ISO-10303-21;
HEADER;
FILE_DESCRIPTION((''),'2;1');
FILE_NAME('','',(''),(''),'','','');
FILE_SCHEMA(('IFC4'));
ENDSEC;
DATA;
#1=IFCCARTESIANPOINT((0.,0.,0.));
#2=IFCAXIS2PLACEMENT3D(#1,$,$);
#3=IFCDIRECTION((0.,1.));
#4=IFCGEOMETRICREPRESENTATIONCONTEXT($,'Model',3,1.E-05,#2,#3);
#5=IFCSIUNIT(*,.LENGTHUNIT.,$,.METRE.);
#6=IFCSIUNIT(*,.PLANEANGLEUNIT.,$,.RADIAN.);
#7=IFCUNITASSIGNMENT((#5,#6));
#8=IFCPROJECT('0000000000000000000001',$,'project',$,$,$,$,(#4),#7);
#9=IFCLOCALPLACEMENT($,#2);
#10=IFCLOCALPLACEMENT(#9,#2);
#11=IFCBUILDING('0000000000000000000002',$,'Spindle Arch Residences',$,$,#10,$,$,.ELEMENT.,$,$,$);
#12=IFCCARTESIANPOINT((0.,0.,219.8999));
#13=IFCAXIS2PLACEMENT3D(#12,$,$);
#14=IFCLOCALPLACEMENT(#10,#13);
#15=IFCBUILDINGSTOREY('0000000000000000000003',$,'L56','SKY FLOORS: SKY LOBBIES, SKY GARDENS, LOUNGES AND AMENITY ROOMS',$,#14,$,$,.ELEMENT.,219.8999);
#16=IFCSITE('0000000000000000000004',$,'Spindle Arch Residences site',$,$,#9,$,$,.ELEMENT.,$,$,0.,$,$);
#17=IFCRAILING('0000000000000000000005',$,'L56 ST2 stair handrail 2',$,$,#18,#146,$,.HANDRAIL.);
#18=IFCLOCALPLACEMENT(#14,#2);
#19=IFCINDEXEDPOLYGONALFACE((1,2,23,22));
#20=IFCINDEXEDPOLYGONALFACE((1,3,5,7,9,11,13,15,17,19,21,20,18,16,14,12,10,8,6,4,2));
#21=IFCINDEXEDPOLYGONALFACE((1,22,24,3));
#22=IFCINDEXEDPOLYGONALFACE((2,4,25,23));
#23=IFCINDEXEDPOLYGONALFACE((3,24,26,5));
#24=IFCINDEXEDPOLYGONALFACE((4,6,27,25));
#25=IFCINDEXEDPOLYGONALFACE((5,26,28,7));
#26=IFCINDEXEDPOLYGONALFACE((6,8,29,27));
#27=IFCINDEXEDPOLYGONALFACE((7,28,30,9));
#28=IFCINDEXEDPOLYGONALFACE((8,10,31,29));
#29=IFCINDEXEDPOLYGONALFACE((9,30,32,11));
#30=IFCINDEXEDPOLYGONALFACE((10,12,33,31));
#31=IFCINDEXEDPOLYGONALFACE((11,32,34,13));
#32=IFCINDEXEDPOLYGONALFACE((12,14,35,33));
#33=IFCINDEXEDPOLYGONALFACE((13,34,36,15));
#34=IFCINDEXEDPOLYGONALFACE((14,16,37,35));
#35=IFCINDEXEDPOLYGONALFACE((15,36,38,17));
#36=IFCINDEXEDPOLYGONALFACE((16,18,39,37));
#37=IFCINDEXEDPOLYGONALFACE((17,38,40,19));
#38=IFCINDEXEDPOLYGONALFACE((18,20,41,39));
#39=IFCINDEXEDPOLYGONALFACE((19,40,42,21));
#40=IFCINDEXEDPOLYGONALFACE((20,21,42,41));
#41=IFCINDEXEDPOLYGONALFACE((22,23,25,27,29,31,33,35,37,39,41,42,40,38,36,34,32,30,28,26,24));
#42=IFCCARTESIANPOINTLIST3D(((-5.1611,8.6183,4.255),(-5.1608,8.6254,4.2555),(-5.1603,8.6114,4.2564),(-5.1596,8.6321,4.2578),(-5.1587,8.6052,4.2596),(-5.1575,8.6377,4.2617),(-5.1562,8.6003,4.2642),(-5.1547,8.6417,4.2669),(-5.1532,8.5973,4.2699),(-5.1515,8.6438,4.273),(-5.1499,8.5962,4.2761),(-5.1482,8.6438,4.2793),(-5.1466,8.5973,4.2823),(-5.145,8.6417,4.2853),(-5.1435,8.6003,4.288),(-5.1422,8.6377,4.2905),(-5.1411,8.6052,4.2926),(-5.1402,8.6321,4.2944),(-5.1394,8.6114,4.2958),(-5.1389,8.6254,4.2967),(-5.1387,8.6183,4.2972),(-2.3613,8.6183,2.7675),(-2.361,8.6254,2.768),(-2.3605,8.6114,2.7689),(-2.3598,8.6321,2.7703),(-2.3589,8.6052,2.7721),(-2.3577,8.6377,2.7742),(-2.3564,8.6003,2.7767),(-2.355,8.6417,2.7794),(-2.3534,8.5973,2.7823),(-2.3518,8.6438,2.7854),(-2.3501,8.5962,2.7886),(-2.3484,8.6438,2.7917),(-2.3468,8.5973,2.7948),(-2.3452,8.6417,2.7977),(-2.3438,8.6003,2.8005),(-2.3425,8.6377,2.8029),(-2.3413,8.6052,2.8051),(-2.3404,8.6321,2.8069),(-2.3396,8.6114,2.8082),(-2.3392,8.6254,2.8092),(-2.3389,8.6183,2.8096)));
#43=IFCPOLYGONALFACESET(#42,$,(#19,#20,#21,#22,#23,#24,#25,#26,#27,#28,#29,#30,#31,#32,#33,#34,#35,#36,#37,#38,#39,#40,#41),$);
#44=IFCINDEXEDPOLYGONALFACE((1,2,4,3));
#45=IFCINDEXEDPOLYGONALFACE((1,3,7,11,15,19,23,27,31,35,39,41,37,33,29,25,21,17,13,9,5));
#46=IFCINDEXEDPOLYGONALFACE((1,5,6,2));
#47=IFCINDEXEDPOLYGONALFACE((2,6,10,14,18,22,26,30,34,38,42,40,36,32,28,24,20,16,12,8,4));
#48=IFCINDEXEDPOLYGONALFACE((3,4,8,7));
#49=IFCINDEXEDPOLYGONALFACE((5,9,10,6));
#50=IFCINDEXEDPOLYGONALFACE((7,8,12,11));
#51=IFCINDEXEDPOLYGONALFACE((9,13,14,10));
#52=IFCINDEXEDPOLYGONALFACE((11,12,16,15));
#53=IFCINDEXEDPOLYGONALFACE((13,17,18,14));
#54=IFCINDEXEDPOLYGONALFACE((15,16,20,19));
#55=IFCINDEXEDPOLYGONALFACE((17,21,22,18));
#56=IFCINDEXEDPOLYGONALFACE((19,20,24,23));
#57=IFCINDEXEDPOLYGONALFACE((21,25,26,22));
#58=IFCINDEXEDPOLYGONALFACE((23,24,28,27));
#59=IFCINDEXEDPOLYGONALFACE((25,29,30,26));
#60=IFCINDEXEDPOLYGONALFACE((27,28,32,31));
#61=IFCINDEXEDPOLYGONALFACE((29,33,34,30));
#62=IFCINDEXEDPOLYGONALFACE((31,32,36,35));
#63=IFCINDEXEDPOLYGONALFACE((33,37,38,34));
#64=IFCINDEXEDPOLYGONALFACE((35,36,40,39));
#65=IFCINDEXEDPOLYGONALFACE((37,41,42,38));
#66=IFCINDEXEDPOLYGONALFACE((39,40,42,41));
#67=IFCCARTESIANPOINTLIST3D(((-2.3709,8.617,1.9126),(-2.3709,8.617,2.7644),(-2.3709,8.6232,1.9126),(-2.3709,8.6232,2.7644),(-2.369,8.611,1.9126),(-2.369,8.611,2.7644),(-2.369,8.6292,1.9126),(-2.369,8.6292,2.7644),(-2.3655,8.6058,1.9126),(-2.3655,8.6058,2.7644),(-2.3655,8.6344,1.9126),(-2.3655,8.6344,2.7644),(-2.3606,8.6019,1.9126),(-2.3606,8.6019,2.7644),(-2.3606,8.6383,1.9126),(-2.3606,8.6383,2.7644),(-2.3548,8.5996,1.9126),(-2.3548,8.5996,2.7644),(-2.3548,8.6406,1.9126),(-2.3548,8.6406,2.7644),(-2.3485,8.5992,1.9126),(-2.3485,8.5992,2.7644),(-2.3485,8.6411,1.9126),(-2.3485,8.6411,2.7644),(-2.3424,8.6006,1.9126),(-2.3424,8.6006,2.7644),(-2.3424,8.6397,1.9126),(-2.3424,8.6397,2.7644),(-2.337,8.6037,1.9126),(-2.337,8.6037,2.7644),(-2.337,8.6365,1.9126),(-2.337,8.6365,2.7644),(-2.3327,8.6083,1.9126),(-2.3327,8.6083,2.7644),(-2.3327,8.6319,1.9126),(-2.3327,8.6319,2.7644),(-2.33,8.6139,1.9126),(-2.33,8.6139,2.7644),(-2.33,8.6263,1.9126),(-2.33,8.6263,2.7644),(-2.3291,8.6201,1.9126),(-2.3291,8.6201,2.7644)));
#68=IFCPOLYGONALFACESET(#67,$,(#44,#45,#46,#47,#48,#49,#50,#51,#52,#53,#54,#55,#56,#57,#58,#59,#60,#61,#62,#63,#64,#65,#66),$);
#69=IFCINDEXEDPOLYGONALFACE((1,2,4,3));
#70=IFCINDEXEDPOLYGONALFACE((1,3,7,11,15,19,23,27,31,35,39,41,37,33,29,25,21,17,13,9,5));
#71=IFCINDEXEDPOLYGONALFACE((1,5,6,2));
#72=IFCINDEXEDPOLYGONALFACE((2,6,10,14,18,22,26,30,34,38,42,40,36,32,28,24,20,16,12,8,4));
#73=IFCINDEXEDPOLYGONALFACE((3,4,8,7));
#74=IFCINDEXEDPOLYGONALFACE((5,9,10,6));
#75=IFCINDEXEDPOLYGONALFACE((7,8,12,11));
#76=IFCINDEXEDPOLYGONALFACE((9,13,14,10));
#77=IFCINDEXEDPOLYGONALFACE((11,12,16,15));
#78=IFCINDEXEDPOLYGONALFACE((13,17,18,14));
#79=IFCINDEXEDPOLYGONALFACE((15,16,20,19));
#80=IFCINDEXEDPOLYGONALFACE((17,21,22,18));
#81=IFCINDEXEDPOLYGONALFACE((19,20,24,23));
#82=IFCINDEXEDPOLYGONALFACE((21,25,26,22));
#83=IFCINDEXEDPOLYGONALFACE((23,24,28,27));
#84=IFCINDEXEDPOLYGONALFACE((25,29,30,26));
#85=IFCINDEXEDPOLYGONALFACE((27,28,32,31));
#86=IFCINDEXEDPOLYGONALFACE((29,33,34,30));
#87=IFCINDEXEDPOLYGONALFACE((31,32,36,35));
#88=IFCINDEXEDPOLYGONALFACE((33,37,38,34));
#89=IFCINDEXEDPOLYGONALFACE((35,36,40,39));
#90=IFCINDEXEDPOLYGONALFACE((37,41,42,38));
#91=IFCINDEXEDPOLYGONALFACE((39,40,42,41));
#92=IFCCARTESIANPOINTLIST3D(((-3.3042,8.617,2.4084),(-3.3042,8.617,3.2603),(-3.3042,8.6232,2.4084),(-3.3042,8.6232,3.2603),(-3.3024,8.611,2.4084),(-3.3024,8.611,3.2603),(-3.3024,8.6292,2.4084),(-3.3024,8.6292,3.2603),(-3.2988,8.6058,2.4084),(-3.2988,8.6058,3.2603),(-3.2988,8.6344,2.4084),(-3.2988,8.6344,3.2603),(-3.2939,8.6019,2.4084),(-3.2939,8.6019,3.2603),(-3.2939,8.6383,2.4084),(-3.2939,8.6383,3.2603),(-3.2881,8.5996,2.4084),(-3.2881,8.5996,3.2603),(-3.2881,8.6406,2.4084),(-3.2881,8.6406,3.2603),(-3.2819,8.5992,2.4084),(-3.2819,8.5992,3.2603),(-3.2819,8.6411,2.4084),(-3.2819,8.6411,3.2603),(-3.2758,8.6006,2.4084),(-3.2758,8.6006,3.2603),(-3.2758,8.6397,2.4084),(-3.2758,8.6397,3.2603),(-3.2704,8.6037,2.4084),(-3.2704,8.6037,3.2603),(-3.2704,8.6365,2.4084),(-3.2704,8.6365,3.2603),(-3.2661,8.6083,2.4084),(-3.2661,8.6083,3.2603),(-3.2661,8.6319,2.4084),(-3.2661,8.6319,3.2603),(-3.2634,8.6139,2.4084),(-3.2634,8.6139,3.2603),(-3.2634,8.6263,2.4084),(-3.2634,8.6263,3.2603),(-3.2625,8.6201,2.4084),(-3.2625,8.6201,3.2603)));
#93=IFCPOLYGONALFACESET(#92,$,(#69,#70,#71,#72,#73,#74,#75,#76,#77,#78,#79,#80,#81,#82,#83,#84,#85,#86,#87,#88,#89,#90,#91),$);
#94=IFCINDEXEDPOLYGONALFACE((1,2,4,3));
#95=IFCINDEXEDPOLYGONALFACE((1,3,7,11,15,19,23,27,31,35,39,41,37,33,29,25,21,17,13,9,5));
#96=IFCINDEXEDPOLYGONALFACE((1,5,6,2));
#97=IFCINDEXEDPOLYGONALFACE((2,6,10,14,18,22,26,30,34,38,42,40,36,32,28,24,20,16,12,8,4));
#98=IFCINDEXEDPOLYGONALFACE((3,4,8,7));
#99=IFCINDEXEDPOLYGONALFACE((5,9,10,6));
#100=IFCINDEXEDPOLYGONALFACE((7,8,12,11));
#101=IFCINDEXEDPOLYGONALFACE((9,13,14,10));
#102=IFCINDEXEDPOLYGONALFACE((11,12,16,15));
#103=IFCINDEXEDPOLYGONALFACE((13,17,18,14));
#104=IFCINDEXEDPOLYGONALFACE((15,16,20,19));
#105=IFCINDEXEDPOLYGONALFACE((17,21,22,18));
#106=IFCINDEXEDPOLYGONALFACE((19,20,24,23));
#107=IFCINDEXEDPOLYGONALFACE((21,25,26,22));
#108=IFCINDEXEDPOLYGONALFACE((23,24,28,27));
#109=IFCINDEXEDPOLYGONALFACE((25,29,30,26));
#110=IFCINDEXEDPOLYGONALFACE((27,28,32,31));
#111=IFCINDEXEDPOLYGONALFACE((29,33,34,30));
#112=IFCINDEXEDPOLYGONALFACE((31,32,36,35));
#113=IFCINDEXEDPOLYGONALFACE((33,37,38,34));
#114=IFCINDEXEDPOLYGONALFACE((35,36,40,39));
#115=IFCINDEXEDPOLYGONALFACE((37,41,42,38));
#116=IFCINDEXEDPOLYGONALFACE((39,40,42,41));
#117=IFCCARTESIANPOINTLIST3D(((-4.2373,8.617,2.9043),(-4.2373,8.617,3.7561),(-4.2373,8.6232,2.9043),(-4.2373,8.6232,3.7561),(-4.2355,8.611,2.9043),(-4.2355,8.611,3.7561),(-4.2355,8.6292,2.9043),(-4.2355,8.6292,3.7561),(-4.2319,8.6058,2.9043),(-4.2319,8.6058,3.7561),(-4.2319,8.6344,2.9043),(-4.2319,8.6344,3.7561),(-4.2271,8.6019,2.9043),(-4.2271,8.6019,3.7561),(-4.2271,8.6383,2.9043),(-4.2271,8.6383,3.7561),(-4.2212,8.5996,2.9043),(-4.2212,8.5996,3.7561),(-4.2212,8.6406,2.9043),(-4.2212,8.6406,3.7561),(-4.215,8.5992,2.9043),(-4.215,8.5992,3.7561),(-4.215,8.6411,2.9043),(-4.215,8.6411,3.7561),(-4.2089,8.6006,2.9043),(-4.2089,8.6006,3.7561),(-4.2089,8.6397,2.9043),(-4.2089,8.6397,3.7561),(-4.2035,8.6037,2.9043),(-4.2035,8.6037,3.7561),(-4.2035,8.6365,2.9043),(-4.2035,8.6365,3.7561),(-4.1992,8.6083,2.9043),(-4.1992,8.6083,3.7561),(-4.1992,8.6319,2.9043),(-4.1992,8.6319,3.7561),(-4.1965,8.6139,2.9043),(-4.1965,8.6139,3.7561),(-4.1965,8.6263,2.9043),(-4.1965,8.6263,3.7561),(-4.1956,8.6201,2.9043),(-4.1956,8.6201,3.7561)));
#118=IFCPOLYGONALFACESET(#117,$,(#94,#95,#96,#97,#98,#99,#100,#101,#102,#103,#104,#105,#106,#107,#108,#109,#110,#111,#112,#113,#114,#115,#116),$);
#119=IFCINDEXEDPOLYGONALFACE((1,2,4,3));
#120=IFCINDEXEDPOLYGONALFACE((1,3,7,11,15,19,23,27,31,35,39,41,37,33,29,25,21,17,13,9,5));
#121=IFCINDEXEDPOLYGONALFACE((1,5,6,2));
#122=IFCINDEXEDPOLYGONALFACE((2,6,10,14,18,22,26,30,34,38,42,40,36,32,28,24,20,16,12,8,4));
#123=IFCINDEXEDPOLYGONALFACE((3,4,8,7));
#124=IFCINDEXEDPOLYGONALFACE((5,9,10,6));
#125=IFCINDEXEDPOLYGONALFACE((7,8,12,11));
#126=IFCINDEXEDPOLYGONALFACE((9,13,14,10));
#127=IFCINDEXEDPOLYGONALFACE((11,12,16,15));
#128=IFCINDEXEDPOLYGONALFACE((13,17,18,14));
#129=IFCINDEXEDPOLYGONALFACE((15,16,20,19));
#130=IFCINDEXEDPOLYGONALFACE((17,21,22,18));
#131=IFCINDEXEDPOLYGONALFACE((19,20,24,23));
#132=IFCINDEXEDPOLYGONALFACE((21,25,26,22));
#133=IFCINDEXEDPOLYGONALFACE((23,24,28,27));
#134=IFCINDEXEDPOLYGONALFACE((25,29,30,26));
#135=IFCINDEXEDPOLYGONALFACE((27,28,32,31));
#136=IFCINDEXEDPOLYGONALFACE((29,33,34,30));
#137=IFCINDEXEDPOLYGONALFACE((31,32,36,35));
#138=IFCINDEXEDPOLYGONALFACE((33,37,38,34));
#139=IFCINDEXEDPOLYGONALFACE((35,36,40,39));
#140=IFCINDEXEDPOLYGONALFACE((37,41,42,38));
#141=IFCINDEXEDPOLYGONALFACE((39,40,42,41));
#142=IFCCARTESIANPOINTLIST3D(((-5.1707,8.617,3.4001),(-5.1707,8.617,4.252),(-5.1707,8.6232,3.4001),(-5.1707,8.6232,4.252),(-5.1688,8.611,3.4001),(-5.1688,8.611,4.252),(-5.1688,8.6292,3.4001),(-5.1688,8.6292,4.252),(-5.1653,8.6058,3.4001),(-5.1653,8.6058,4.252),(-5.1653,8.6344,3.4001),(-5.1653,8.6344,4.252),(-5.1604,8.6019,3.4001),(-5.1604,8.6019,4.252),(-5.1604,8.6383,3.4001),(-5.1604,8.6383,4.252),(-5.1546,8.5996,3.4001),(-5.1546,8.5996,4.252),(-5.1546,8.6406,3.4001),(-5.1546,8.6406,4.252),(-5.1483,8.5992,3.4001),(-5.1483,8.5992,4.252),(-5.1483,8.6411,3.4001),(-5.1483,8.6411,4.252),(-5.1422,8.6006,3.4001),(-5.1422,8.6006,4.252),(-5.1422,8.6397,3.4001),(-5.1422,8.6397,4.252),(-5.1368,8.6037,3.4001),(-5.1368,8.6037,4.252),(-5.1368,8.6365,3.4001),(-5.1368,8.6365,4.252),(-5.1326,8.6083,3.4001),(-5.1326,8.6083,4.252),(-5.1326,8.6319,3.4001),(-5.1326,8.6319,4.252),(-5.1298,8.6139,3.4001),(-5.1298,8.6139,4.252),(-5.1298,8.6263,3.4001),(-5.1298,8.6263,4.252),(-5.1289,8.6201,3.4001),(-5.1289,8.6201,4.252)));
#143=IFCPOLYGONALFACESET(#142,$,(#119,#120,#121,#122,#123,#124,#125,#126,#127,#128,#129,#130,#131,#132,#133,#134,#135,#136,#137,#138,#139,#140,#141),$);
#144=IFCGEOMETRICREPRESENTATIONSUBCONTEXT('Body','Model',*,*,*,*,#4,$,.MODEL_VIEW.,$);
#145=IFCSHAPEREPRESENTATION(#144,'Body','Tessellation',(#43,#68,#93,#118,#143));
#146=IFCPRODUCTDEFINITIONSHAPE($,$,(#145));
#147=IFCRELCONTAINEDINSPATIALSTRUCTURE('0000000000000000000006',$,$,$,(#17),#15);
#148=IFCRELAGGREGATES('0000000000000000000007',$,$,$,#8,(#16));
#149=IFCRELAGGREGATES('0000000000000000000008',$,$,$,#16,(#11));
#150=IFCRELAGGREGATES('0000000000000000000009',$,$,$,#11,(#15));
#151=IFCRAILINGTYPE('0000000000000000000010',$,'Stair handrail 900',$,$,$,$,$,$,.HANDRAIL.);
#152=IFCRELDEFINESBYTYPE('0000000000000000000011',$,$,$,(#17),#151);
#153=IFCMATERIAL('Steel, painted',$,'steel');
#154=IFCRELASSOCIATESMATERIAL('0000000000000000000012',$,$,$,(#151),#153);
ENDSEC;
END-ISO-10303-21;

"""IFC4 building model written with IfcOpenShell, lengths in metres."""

from ifc_helpers import new_model, si_unit, direction, frame, origin, origin_2d, place, context, subcontext, project, spatial, circle, extrude, material, type_object, element, save


model = new_model("IFC4")

# Units and contexts
model_context = context("Model", 3, precision=1e-05, world=origin(), true_north=direction((0.0, 1.0)))
body_context = subcontext(model_context, "Body", "Model", "MODEL_VIEW")
ifc_project = project(units=[si_unit("LENGTHUNIT", "METRE"), si_unit("PLANEANGLEUNIT", "RADIAN")], contexts=[model_context])

# Site, building, storey
site_placement = place(None, origin())
site = spatial("IfcSite", under=ifc_project, at=site_placement, Name="Spindle Arch Residences site", CompositionType="ELEMENT", RefElevation=0.0)
building_placement = place(site_placement, origin())
building = spatial("IfcBuilding", under=site, at=building_placement, Name="Spindle Arch Residences", CompositionType="ELEMENT")
storey_placement = place(building_placement, frame((0.0, 0.0, 219.8999)))
storey = spatial("IfcBuildingStorey", under=building, at=storey_placement, Name="L56", Description="SKY FLOORS: SKY LOBBIES, SKY GARDENS, LOUNGES AND AMENITY ROOMS", CompositionType="ELEMENT", Elevation=219.8999)

# Railing
ifc_material_1 = material(Name="Steel, painted", Category="steel")
railing_type_1 = type_object("IfcRailingType", Name="Stair handrail 900", PredefinedType="HANDRAIL", material=ifc_material_1)
railing_1_placement = place(storey_placement, frame((-2.3501, 8.6201, 1.9126)))
element("IfcRailing", 1, at=railing_1_placement, inside=storey, type_object=railing_type_1, Name="L56 ST2 stair handrail 2", PredefinedType="HANDRAIL", context=body_context, shape_type="SweptSolid", body=[
    extrude(circle(Radius=0.0239, at=origin_2d()), frame((0.0, 0.0, 0.876), z_axis=(-0.883096, 0.0, 0.469193), x_axis=(0.0, -1.0, 0.0)), (0.0, 0.0, 1.0), 3.1704),
    extrude(circle(Radius=0.021, at=origin_2d()), origin(), (0.0, 0.0, 1.0), 0.8518),
    extrude(circle(Radius=0.021, at=origin_2d()), frame((-0.9333, 0.0, 0.4958)), (0.0, 0.0, 1.0), 0.8518),
    extrude(circle(Radius=0.021, at=origin_2d()), frame((-1.8665, 0.0, 0.9917)), (0.0, 0.0, 1.0), 0.8518),
    extrude(circle(Radius=0.021, at=origin_2d()), frame((-2.7998, 0.0, 1.4875)), (0.0, 0.0, 1.0), 0.8518),
])

save(model, "model.ifc")
